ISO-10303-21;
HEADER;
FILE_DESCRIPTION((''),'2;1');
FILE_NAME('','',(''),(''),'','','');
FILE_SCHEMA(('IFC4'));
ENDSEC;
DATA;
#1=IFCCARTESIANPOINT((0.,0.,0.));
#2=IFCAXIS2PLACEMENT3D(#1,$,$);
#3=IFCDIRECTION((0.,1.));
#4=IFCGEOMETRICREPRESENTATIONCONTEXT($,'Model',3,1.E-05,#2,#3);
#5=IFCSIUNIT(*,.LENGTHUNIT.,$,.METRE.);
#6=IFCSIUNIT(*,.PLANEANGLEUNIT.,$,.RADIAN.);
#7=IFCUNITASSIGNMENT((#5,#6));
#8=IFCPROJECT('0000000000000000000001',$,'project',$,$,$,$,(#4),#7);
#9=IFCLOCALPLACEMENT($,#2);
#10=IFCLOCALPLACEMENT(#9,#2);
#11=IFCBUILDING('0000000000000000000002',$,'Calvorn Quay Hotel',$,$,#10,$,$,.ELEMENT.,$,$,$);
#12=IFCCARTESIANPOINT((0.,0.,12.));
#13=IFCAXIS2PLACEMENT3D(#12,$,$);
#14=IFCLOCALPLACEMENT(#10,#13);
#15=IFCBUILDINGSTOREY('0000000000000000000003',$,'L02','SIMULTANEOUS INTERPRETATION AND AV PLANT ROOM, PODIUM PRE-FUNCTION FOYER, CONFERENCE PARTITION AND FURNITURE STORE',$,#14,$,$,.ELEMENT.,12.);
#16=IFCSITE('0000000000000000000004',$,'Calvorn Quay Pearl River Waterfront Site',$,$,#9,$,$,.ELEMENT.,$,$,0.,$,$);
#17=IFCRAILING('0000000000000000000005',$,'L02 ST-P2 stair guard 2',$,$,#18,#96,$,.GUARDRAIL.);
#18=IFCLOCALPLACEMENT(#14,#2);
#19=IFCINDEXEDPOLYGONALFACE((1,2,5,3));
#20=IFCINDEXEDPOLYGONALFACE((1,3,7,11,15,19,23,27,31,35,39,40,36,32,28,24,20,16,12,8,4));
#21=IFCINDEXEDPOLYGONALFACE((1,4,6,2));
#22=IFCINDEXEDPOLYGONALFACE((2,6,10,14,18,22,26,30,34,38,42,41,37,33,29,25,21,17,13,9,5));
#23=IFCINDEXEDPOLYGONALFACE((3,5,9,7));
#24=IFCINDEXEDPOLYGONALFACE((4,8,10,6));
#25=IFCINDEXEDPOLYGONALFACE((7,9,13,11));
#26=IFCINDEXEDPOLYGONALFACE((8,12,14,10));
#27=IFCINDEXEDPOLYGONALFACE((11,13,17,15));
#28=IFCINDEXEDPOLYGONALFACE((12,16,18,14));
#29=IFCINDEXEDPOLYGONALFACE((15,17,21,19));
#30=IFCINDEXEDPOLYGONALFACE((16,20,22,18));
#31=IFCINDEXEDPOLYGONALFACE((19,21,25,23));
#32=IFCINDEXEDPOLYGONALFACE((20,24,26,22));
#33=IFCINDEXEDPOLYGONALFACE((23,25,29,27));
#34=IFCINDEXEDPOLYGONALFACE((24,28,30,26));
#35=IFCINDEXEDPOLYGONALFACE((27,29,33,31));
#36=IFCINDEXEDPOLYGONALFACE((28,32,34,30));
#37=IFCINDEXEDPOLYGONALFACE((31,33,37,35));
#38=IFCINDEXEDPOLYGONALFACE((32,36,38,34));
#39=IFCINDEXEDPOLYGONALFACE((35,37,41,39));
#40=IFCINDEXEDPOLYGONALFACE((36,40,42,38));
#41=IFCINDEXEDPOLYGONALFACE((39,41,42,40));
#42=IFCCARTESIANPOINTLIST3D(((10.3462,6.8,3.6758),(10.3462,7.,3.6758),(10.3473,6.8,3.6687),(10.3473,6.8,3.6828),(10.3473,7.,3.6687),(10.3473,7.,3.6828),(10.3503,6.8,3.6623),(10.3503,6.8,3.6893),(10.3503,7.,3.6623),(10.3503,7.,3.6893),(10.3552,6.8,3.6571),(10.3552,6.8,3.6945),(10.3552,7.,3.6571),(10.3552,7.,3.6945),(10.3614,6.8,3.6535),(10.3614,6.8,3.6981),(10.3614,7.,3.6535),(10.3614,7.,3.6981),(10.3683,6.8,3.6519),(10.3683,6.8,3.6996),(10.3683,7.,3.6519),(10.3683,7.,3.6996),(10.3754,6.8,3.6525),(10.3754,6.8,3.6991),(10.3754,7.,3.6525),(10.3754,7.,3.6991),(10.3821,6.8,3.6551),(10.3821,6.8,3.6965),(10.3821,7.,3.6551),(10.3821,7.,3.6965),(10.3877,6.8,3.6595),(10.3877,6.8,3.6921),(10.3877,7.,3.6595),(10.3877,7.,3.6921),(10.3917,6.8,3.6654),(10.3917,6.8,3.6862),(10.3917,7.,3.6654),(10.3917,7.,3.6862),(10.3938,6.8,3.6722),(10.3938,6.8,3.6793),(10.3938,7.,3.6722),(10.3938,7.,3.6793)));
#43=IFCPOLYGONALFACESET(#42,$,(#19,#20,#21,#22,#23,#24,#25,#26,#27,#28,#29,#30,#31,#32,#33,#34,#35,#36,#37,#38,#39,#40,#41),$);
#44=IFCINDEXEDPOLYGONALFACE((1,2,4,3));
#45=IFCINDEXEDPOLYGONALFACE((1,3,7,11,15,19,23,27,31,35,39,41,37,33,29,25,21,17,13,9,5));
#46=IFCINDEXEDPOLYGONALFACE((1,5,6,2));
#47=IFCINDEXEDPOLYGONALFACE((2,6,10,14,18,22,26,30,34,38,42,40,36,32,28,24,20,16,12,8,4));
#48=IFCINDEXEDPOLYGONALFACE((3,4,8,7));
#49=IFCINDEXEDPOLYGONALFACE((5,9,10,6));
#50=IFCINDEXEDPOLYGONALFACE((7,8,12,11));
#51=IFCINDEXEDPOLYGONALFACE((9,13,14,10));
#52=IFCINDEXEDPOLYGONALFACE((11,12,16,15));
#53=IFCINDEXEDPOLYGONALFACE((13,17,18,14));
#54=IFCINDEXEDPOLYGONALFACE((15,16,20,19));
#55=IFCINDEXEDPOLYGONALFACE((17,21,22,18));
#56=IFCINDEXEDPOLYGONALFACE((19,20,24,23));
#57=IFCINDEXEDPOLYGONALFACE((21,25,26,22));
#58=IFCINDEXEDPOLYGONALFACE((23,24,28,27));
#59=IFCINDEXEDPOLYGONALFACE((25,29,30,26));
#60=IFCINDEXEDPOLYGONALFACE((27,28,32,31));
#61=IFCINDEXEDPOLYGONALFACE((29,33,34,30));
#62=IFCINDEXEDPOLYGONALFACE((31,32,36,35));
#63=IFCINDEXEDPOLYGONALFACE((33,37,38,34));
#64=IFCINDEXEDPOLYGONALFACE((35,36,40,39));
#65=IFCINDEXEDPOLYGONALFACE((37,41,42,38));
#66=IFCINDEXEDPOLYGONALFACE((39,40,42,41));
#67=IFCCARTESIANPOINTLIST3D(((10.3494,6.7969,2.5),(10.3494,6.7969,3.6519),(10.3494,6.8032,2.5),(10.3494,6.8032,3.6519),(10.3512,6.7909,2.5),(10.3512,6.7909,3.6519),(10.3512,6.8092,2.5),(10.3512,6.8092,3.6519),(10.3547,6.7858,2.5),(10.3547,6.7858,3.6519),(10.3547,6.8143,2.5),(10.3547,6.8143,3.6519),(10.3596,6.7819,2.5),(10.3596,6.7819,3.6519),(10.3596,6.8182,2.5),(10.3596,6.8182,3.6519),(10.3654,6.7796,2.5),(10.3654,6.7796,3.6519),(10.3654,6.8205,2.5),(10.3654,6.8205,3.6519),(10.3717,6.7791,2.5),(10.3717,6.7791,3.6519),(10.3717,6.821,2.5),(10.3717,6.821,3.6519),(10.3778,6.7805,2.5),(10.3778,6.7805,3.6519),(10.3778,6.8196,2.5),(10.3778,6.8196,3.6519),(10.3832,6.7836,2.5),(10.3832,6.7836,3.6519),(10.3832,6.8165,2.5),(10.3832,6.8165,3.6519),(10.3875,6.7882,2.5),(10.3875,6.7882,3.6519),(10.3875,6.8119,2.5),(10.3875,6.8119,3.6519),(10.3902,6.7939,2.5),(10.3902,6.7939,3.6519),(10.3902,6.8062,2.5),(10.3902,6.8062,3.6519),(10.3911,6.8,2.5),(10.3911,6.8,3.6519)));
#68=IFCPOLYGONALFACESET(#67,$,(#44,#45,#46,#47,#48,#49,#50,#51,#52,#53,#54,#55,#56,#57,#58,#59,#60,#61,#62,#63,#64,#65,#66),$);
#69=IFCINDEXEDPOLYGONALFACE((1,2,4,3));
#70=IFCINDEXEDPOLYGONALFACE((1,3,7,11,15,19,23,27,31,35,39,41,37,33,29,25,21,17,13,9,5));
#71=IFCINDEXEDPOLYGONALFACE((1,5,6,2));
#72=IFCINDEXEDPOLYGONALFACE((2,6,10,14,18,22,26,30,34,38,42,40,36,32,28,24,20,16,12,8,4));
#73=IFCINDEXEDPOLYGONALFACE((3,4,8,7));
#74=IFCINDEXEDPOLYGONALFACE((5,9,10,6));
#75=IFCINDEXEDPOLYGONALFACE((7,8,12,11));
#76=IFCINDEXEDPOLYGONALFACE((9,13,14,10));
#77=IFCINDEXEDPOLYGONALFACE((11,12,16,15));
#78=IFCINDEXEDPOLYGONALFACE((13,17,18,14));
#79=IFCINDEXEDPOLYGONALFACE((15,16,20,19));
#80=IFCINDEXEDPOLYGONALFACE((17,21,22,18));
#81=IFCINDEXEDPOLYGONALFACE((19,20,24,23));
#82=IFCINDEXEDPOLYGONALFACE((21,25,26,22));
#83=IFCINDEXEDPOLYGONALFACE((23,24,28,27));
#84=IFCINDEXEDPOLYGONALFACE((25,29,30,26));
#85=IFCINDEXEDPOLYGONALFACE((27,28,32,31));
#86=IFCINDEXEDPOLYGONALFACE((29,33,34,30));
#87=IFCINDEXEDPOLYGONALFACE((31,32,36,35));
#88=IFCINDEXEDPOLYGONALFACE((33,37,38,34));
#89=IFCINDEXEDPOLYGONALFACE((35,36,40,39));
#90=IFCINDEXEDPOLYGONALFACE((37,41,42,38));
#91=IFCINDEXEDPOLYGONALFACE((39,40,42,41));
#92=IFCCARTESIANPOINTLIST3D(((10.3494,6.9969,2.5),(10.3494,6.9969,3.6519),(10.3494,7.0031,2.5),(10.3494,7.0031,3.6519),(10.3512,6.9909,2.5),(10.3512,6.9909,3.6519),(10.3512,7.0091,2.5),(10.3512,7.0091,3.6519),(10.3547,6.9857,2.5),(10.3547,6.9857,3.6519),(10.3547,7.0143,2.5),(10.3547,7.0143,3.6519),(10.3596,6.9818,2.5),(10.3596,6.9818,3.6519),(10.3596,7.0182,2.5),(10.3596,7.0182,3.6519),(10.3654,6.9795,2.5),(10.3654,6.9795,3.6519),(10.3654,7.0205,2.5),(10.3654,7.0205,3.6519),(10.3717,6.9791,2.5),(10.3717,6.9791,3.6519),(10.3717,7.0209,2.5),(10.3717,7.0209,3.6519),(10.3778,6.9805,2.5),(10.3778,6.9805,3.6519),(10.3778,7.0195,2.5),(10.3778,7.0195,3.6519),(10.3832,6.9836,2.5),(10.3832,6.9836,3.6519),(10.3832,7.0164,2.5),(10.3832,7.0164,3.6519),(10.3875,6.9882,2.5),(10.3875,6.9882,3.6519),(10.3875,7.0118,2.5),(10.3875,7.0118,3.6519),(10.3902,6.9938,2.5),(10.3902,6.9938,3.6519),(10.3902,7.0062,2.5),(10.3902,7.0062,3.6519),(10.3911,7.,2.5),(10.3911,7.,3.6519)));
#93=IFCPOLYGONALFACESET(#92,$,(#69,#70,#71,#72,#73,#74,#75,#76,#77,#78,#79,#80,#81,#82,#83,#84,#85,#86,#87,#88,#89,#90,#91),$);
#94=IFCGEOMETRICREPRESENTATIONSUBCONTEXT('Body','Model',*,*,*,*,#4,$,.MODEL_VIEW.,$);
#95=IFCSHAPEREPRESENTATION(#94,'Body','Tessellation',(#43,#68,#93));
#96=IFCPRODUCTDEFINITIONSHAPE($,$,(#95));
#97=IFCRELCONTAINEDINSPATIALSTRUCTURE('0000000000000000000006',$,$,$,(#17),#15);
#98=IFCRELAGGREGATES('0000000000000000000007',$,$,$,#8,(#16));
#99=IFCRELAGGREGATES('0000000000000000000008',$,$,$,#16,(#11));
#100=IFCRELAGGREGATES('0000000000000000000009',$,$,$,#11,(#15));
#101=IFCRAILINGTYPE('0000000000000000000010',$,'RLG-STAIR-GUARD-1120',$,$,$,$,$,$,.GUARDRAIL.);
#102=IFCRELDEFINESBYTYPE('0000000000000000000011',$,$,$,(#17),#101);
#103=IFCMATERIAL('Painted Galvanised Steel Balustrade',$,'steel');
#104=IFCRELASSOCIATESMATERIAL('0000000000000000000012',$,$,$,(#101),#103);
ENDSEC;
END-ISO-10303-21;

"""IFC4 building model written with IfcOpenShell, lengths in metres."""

from ifc_helpers import new_model, si_unit, direction, frame, origin, origin_2d, place, context, subcontext, project, spatial, circle, extrude, material, type_object, element, save


model = new_model("IFC4")

# Units and contexts
model_context = context("Model", 3, precision=1e-05, world=origin(), true_north=direction((0.0, 1.0)))
body_context = subcontext(model_context, "Body", "Model", "MODEL_VIEW")
ifc_project = project(units=[si_unit("LENGTHUNIT", "METRE"), si_unit("PLANEANGLEUNIT", "RADIAN")], contexts=[model_context])

# Site, building, storey
site_placement = place(None, origin())
site = spatial("IfcSite", under=ifc_project, at=site_placement, Name="Calvorn Quay Pearl River Waterfront Site", CompositionType="ELEMENT", RefElevation=0.0)
building_placement = place(site_placement, origin())
building = spatial("IfcBuilding", under=site, at=building_placement, Name="Calvorn Quay Hotel", CompositionType="ELEMENT")
storey_placement = place(building_placement, frame((0.0, 0.0, 12.0)))
storey = spatial("IfcBuildingStorey", under=building, at=storey_placement, Name="L02", Description="SIMULTANEOUS INTERPRETATION AND AV PLANT ROOM, PODIUM PRE-FUNCTION FOYER, CONFERENCE PARTITION AND FURNITURE STORE", CompositionType="ELEMENT", Elevation=12.0)

# Railing
ifc_material_1 = material(Name="Painted Galvanised Steel Balustrade", Category="steel")
railing_type = type_object("IfcRailingType", Name="RLG-STAIR-GUARD-1120", PredefinedType="GUARDRAIL", material=ifc_material_1)
railing_1_placement = place(storey_placement, frame((10.3701, 6.8, 2.5)))
element("IfcRailing", 1, at=railing_1_placement, inside=storey, type_object=railing_type, Name="L02 ST-P2 stair guard 2", PredefinedType="GUARDRAIL", context=body_context, shape_type="SweptSolid", body=[
    extrude(circle(Radius=0.0239, at=origin_2d()), frame((0.0, 0.0, 1.1758), z_axis=(0.0, 1.0, 0.0), x_axis=(-1.0, 0.0, 0.0)), (0.0, 0.0, 1.0), 0.2),
    extrude(circle(Radius=0.021, at=origin_2d()), origin(), (0.0, 0.0, 1.0), 1.1519),
    extrude(circle(Radius=0.021, at=origin_2d()), frame((0.0, 0.2, 0.0)), (0.0, 0.0, 1.0), 1.1519),
])

save(model, "model.ifc")
